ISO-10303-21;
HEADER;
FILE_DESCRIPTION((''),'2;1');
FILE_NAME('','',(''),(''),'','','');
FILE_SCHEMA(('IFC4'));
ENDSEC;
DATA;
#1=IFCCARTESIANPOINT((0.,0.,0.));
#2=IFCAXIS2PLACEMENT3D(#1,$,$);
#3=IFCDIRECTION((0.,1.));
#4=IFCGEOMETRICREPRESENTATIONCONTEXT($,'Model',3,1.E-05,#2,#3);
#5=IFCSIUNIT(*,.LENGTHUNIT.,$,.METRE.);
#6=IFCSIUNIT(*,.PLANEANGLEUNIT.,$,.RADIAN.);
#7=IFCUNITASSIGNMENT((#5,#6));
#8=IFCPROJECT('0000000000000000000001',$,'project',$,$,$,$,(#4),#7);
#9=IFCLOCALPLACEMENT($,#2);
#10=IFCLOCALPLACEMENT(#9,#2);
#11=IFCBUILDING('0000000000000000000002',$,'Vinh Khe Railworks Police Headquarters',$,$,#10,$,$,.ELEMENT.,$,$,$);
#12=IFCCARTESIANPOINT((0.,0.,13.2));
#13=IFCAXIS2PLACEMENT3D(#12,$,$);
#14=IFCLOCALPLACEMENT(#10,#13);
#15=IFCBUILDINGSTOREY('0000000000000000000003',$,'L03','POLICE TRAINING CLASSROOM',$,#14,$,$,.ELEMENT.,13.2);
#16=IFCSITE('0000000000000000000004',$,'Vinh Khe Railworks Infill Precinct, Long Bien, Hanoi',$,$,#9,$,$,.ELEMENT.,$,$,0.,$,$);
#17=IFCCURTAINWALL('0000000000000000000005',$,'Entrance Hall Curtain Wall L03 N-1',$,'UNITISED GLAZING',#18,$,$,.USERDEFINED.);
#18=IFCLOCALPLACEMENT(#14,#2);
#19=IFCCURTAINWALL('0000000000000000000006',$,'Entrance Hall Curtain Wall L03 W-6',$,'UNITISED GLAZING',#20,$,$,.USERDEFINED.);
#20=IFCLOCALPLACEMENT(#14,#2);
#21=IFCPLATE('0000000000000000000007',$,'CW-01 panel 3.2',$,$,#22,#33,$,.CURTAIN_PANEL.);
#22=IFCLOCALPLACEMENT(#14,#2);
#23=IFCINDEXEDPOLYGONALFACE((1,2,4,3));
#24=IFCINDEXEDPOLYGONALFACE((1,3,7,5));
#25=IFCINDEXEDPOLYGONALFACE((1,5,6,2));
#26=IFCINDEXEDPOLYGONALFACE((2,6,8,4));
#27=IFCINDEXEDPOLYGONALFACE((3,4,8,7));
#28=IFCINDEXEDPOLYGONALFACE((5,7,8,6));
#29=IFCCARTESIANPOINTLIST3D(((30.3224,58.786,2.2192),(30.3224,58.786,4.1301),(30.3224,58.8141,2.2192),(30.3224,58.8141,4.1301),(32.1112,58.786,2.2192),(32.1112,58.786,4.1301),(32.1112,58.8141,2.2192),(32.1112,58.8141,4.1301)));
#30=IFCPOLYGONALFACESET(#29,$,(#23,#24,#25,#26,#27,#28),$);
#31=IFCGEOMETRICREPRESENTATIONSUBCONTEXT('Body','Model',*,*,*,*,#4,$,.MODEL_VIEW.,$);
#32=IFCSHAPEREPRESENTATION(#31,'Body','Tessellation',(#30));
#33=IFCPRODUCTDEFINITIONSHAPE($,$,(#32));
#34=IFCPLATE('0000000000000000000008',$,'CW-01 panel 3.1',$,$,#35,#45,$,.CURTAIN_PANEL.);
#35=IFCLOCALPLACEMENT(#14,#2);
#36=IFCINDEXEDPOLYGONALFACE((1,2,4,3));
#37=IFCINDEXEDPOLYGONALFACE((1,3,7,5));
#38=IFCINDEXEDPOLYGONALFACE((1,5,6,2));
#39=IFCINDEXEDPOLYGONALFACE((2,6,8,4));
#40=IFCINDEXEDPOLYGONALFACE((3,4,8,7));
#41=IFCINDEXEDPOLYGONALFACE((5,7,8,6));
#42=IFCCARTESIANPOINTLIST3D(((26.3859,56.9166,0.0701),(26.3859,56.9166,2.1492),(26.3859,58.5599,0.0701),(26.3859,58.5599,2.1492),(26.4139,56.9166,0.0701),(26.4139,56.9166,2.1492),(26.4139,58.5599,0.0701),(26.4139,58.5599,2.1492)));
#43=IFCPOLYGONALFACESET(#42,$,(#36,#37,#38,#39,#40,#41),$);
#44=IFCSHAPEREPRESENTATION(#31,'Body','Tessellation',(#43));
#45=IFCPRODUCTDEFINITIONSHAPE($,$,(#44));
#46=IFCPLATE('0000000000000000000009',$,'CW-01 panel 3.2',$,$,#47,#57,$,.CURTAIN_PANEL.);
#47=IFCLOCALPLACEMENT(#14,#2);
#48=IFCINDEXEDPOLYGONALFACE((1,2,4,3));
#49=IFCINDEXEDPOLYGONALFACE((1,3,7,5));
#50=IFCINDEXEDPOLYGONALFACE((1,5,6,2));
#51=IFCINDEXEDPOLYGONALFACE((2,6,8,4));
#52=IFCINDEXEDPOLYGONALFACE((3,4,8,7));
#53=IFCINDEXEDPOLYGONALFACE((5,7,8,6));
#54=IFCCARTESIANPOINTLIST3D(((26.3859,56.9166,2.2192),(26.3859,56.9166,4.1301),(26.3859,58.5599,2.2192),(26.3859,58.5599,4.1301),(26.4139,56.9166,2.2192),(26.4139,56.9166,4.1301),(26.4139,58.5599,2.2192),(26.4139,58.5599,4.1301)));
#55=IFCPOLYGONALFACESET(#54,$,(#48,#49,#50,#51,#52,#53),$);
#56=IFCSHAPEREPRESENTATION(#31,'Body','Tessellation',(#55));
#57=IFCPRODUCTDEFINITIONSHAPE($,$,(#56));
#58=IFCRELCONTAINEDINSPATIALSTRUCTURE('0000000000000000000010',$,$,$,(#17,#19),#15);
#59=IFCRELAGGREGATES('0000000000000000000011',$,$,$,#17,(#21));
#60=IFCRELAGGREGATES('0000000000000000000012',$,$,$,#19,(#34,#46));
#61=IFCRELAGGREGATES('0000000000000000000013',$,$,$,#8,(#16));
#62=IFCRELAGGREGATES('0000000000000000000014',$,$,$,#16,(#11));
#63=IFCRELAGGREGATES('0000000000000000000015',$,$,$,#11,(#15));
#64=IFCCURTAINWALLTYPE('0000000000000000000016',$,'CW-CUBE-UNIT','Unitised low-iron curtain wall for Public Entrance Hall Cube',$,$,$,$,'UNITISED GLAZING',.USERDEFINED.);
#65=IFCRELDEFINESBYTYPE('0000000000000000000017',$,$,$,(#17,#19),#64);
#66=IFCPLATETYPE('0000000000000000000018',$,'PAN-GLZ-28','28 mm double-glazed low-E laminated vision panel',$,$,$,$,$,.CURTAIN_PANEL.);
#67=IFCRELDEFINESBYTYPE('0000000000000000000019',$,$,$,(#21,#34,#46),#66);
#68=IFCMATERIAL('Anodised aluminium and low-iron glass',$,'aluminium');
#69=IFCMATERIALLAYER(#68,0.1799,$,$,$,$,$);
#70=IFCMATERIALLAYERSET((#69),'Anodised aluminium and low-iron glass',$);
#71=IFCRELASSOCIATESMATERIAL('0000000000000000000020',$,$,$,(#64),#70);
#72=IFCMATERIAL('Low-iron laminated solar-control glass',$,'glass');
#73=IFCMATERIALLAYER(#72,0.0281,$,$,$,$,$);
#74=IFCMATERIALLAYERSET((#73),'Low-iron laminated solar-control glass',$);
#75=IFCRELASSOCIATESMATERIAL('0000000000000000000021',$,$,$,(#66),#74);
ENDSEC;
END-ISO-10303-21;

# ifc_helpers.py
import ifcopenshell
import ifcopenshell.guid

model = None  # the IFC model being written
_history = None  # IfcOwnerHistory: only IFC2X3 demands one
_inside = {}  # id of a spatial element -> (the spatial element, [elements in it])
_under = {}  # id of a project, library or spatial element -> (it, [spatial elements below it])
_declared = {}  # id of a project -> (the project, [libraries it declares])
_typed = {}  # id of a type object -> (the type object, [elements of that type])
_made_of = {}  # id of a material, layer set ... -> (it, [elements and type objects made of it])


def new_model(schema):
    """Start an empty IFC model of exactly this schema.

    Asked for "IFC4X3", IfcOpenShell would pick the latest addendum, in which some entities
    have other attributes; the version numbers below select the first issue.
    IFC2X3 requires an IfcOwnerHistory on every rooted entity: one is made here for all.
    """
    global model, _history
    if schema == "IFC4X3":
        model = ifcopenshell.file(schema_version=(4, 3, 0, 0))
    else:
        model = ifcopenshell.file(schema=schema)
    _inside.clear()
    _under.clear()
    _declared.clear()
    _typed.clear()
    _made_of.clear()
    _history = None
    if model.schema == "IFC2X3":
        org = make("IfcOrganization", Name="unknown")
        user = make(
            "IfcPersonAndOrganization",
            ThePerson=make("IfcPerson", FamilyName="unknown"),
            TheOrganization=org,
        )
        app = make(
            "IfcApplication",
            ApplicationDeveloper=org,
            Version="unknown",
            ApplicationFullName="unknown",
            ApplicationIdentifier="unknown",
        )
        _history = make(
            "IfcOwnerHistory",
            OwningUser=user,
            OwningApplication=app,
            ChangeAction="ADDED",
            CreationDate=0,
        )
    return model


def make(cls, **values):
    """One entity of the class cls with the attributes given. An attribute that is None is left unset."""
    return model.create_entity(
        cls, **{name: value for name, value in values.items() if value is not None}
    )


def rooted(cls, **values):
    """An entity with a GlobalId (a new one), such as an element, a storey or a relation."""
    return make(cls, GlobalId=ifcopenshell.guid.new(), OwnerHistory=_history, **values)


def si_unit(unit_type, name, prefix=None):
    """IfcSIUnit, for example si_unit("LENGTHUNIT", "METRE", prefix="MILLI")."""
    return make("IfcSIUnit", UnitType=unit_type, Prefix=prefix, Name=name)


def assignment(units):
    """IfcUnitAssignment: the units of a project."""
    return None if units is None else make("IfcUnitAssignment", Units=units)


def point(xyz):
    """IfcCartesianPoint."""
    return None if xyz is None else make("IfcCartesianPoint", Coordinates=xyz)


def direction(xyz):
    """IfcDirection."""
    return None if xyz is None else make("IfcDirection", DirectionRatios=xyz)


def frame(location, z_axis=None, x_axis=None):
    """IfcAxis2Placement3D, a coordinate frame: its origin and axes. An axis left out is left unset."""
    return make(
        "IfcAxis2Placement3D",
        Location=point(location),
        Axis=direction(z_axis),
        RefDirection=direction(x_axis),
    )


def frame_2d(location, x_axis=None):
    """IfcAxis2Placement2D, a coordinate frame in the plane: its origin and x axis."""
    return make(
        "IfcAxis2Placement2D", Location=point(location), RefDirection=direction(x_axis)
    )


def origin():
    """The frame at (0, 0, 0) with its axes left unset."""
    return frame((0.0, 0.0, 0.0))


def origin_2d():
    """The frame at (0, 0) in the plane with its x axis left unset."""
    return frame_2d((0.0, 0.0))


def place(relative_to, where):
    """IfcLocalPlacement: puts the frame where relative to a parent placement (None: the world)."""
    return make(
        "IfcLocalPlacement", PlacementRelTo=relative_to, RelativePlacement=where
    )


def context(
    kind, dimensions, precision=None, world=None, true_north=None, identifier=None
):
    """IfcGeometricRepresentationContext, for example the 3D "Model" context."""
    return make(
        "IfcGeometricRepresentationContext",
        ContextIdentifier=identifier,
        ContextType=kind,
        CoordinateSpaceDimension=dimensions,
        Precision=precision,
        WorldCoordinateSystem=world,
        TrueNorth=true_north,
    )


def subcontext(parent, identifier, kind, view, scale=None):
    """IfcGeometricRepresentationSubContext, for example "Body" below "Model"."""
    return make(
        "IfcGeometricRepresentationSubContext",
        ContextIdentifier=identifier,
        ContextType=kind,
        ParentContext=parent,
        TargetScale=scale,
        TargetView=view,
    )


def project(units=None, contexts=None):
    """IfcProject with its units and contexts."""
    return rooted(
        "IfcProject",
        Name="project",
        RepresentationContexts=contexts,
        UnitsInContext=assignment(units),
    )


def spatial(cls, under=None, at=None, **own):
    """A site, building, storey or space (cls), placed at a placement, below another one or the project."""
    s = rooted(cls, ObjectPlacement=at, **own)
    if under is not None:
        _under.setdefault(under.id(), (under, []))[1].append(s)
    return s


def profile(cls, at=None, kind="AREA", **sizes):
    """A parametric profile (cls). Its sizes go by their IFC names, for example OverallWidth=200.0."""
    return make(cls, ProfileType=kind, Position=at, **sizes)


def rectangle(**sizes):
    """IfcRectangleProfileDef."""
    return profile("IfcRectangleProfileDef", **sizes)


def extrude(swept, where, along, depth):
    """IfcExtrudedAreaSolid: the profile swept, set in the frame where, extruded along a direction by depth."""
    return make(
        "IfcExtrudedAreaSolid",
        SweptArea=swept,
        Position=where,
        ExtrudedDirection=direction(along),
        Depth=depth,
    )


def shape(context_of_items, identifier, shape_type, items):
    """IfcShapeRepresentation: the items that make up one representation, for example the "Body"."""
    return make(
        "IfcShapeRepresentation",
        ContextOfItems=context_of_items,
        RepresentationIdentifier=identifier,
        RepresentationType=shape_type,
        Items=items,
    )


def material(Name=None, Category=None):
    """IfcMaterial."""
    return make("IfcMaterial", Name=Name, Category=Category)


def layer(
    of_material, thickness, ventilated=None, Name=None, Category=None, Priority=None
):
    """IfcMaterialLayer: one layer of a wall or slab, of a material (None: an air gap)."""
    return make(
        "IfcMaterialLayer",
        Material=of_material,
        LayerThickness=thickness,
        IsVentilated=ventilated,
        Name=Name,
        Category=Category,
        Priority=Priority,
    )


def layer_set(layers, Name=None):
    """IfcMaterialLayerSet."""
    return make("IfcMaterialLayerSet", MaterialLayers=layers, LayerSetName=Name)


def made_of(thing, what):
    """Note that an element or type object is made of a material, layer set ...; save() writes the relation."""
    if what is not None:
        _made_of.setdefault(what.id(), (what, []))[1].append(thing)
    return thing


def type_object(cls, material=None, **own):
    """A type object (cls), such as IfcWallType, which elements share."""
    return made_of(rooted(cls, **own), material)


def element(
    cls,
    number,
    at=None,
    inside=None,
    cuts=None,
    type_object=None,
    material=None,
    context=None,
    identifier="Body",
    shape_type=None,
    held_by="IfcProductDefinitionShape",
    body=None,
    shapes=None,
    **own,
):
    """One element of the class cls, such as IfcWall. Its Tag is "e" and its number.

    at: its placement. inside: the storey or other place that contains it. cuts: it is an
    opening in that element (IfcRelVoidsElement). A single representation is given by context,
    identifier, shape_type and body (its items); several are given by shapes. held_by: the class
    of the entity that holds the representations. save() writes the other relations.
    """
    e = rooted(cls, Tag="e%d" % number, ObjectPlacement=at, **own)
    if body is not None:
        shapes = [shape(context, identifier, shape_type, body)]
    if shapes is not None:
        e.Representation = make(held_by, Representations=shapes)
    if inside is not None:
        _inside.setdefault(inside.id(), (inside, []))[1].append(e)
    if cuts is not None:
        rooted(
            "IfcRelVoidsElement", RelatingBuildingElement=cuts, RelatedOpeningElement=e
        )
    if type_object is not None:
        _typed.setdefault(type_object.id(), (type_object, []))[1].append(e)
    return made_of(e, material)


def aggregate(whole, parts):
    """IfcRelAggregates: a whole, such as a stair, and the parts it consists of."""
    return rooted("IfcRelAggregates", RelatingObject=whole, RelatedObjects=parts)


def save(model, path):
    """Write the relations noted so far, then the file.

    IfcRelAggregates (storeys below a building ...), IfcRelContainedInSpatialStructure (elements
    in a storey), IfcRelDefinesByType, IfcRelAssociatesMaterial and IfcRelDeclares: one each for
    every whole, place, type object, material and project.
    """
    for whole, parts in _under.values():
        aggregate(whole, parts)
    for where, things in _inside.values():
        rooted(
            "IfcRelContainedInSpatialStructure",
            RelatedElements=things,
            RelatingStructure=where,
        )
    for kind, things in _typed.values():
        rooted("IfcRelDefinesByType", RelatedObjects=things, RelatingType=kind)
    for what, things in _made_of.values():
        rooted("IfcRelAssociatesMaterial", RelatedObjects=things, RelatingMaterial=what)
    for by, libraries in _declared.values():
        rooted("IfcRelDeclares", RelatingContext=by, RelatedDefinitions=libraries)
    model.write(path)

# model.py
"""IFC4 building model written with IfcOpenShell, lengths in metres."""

from ifc_helpers import new_model, si_unit, direction, frame, origin, origin_2d, place, context, subcontext, project, spatial, rectangle, extrude, material, layer, layer_set, type_object, element, aggregate, save


model = new_model("IFC4")

# Units and contexts
model_context = context("Model", 3, precision=1e-05, world=origin(), true_north=direction((0.0, 1.0)))
body_context = subcontext(model_context, "Body", "Model", "MODEL_VIEW")
ifc_project = project(units=[si_unit("LENGTHUNIT", "METRE"), si_unit("PLANEANGLEUNIT", "RADIAN")], contexts=[model_context])

# Site, building, storey
site_placement = place(None, origin())
site = spatial("IfcSite", under=ifc_project, at=site_placement, Name="Vinh Khe Railworks Infill Precinct, Long Bien, Hanoi", CompositionType="ELEMENT", RefElevation=0.0)
building_placement = place(site_placement, origin())
building = spatial("IfcBuilding", under=site, at=building_placement, Name="Vinh Khe Railworks Police Headquarters", CompositionType="ELEMENT")
storey_placement = place(building_placement, frame((0.0, 0.0, 13.2)))
storey = spatial("IfcBuildingStorey", under=building, at=storey_placement, Name="L03", Description="POLICE TRAINING CLASSROOM", CompositionType="ELEMENT", Elevation=13.2)

# Curtain wall
ifc_material_1 = material(Name="Anodised aluminium and low-iron glass", Category="aluminium")
ifc_layer_1 = layer(ifc_material_1, 0.1799)
ifc_layer_set_1 = layer_set([ifc_layer_1], Name="Anodised aluminium and low-iron glass")
curtain_wall_type_1 = type_object("IfcCurtainWallType", Name="CW-CUBE-UNIT", Description="Unitised low-iron curtain wall for Public Entrance Hall Cube", ElementType="UNITISED GLAZING", PredefinedType="USERDEFINED", material=ifc_layer_set_1)
curtain_wall_1_placement = place(storey_placement, origin())
curtain_wall_1 = element("IfcCurtainWall", 1, at=curtain_wall_1_placement, inside=storey, type_object=curtain_wall_type_1, Name="Entrance Hall Curtain Wall L03 N-1", ObjectType="UNITISED GLAZING", PredefinedType="USERDEFINED")

# Curtain wall
curtain_wall_2_placement = place(storey_placement, origin())
curtain_wall_2 = element("IfcCurtainWall", 2, at=curtain_wall_2_placement, inside=storey, type_object=curtain_wall_type_1, Name="Entrance Hall Curtain Wall L03 W-6", ObjectType="UNITISED GLAZING", PredefinedType="USERDEFINED")

# Plates
ifc_material_2 = material(Name="Low-iron laminated solar-control glass", Category="glass")
ifc_layer_2 = layer(ifc_material_2, 0.0281)
ifc_layer_set_2 = layer_set([ifc_layer_2], Name="Low-iron laminated solar-control glass")
plate_type_1 = type_object("IfcPlateType", Name="PAN-GLZ-28", Description="28 mm double-glazed low-E laminated vision panel", PredefinedType="CURTAIN_PANEL", material=ifc_layer_set_2)
plate_1_placement = place(storey_placement, frame((31.2168, 58.8, 2.2192), z_axis=(0.0, 0.0, 1.0), x_axis=(1.0, 0.0, 0.0)))
plate_1 = element("IfcPlate", 3, at=plate_1_placement, type_object=plate_type_1, Name="CW-01 panel 3.2", PredefinedType="CURTAIN_PANEL", context=body_context, shape_type="SweptSolid", body=[
    extrude(rectangle(XDim=1.7888, YDim=0.0281, at=origin_2d()), origin(), (0.0, 0.0, 1.0), 1.9109),
])
aggregate(curtain_wall_1, [plate_1])
plate_2_placement = place(storey_placement, frame((26.3999, 57.7383, 0.0701), z_axis=(0.0, 0.0, 1.0), x_axis=(0.0, 1.0, 0.0)))
plate_2 = element("IfcPlate", 4, at=plate_2_placement, type_object=plate_type_1, Name="CW-01 panel 3.1", PredefinedType="CURTAIN_PANEL", context=body_context, shape_type="SweptSolid", body=[
    extrude(rectangle(XDim=1.6433, YDim=0.0281, at=origin_2d()), origin(), (0.0, 0.0, 1.0), 2.0791),
])
plate_3_placement = place(storey_placement, frame((26.3999, 57.7383, 2.2192), z_axis=(0.0, 0.0, 1.0), x_axis=(0.0, 1.0, 0.0)))
plate_3 = element("IfcPlate", 5, at=plate_3_placement, type_object=plate_type_1, Name="CW-01 panel 3.2", PredefinedType="CURTAIN_PANEL", context=body_context, shape_type="SweptSolid", body=[
    extrude(rectangle(XDim=1.6433, YDim=0.0281, at=origin_2d()), origin(), (0.0, 0.0, 1.0), 1.9109),
])
aggregate(curtain_wall_2, [plate_2, plate_3])

save(model, "model.ifc")
